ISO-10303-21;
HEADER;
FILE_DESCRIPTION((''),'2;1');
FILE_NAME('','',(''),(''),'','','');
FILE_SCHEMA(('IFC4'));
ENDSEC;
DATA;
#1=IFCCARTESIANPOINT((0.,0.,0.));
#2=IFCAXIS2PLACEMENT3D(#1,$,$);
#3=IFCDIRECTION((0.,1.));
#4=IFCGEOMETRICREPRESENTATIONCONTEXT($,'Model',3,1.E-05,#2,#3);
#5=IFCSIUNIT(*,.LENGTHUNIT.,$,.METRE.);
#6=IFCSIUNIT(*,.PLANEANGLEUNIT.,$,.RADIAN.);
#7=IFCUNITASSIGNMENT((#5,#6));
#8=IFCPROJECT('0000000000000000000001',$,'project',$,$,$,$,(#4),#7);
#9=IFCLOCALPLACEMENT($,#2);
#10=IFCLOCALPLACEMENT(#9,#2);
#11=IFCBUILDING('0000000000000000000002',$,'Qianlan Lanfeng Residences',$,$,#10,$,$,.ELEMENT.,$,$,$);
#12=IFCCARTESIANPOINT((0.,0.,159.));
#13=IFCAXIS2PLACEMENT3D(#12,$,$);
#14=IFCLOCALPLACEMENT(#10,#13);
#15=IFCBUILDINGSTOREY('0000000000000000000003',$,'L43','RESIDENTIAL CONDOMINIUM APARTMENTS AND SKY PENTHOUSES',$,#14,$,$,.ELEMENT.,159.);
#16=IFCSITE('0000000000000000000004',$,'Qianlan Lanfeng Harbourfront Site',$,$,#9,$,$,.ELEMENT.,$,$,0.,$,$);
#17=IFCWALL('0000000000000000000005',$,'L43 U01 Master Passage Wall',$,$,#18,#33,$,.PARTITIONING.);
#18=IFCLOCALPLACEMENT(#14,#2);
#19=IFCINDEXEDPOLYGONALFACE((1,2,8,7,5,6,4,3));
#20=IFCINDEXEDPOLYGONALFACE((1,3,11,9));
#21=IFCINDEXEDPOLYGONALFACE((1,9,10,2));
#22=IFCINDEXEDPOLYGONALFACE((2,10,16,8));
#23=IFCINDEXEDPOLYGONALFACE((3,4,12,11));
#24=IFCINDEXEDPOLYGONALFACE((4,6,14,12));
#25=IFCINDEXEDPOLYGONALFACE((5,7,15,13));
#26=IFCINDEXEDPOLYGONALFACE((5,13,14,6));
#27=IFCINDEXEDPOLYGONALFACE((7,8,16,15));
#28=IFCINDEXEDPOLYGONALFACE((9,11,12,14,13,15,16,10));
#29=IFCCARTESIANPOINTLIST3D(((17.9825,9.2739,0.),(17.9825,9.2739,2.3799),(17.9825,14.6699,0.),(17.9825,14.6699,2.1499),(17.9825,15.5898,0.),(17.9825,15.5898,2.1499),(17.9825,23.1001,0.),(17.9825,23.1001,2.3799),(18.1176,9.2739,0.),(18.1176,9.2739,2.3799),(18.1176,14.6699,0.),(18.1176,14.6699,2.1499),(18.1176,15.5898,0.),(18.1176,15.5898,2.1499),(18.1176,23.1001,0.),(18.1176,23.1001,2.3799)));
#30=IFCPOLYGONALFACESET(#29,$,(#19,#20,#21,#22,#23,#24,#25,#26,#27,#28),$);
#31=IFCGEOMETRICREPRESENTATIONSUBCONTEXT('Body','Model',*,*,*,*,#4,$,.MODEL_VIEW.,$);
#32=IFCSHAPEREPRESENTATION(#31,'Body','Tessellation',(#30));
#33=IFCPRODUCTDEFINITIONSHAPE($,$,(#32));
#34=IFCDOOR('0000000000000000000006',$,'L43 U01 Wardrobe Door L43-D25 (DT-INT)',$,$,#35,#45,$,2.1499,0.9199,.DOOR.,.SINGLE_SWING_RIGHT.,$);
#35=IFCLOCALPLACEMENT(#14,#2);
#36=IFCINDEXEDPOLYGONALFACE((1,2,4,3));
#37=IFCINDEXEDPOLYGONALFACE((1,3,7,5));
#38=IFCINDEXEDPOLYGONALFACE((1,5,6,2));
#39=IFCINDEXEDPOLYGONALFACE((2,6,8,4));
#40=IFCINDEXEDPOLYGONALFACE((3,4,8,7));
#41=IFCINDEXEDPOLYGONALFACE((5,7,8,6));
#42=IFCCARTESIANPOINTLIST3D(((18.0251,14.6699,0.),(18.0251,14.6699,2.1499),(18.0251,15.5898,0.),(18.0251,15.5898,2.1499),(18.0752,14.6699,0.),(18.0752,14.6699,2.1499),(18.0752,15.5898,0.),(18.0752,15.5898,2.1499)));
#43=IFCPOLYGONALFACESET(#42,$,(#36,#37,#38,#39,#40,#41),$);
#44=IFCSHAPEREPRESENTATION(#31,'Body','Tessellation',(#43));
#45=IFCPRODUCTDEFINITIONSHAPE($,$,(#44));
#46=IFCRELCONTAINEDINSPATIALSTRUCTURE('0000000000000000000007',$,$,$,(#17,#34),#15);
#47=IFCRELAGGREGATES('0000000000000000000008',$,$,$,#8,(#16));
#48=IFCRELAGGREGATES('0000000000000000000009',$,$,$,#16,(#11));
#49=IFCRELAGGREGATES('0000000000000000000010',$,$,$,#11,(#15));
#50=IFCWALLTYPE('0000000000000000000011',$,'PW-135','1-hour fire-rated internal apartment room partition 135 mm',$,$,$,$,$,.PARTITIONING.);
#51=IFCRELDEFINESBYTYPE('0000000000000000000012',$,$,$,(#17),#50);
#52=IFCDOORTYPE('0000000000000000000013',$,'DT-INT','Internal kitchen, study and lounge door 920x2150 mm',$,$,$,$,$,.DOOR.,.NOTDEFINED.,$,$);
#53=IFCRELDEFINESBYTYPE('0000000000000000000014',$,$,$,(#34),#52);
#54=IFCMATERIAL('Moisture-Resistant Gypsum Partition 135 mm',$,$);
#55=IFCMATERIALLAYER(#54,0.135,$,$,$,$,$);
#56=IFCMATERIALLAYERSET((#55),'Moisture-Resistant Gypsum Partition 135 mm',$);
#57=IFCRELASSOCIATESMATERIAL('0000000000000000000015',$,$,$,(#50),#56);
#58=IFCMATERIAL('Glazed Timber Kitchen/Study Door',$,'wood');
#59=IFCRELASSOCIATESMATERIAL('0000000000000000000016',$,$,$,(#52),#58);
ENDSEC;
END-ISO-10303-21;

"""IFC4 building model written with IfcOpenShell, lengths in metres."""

from ifc_helpers import new_model, si_unit, direction, frame, frame_2d, origin, place, context, subcontext, project, spatial, rectangle, extrude, material, layer, layer_set, type_object, element, fill, save


model = new_model("IFC4")

# Units and contexts
model_context = context("Model", 3, precision=1e-05, world=origin(), true_north=direction((0.0, 1.0)))
body_context = subcontext(model_context, "Body", "Model", "MODEL_VIEW")
ifc_project = project(units=[si_unit("LENGTHUNIT", "METRE"), si_unit("PLANEANGLEUNIT", "RADIAN")], contexts=[model_context])

# Site, building, storey
site_placement = place(None, origin())
site = spatial("IfcSite", under=ifc_project, at=site_placement, Name="Qianlan Lanfeng Harbourfront Site", CompositionType="ELEMENT", RefElevation=0.0)
building_placement = place(site_placement, origin())
building = spatial("IfcBuilding", under=site, at=building_placement, Name="Qianlan Lanfeng Residences", CompositionType="ELEMENT")
storey_placement = place(building_placement, frame((0.0, 0.0, 159.0)))
storey = spatial("IfcBuildingStorey", under=building, at=storey_placement, Name="L43", Description="RESIDENTIAL CONDOMINIUM APARTMENTS AND SKY PENTHOUSES", CompositionType="ELEMENT", Elevation=159.0)

# Shared definitions
ifc_material_1 = material(Name="Moisture-Resistant Gypsum Partition 135 mm")
ifc_layer_1 = layer(ifc_material_1, 0.135)
ifc_layer_set_1 = layer_set([ifc_layer_1], Name="Moisture-Resistant Gypsum Partition 135 mm")
wall_type_1 = type_object("IfcWallType", Name="PW-135", Description="1-hour fire-rated internal apartment room partition 135 mm", PredefinedType="PARTITIONING", material=ifc_layer_set_1)
ifc_material_2 = material(Name="Glazed Timber Kitchen/Study Door", Category="wood")
door_type_1 = type_object("IfcDoorType", Name="DT-INT", Description="Internal kitchen, study and lounge door 920x2150 mm", OperationType="NOTDEFINED", PredefinedType="DOOR", material=ifc_material_2)

# Wall, opening, door
wall_1_placement = place(storey_placement, frame((18.05, 9.2739, 0.0), z_axis=(0.0, 0.0, 1.0), x_axis=(0.0, 1.0, 0.0)))
wall_1 = element("IfcWall", 1, at=wall_1_placement, inside=storey, type_object=wall_type_1, Name="L43 U01 Master Passage Wall", PredefinedType="PARTITIONING", context=body_context, shape_type="SweptSolid", body=[
    extrude(rectangle(XDim=13.8262, YDim=0.135, at=frame_2d((6.9131, 0.0))), origin(), (0.0, 0.0, 1.0), 2.3799),
])
opening_1_placement = place(wall_1_placement, frame((5.396, 0.0, 0.0)))
opening_1 = element("IfcOpeningElement", 2, at=opening_1_placement, cuts=wall_1, PredefinedType="OPENING", context=body_context, shape_type="SweptSolid", body=[
    extrude(rectangle(XDim=0.9199, YDim=2.1499, at=frame_2d((0.46, 1.075))), frame((0.0, 0.0776, 0.0), z_axis=(0.0, -1.0, 0.0), x_axis=(1.0, 0.0, 0.0)), (0.0, 0.0, 1.0), 0.155),
])
door_1_placement = place(opening_1_placement, origin())
door_1 = element("IfcDoor", 3, at=door_1_placement, inside=storey, type_object=door_type_1, Name="L43 U01 Wardrobe Door L43-D25 (DT-INT)", OperationType="SINGLE_SWING_RIGHT", OverallHeight=2.1499, OverallWidth=0.9199, PredefinedType="DOOR", context=body_context, shape_type="SweptSolid", body=[
    extrude(rectangle(XDim=0.9199, YDim=2.1499, at=frame_2d((0.46, 1.075))), frame((0.0, 0.0249, 0.0), z_axis=(0.0, -1.0, 0.0), x_axis=(1.0, 0.0, 0.0)), (0.0, 0.0, 1.0), 0.05),
])
fill(opening_1, door_1)

save(model, "model.ifc")
